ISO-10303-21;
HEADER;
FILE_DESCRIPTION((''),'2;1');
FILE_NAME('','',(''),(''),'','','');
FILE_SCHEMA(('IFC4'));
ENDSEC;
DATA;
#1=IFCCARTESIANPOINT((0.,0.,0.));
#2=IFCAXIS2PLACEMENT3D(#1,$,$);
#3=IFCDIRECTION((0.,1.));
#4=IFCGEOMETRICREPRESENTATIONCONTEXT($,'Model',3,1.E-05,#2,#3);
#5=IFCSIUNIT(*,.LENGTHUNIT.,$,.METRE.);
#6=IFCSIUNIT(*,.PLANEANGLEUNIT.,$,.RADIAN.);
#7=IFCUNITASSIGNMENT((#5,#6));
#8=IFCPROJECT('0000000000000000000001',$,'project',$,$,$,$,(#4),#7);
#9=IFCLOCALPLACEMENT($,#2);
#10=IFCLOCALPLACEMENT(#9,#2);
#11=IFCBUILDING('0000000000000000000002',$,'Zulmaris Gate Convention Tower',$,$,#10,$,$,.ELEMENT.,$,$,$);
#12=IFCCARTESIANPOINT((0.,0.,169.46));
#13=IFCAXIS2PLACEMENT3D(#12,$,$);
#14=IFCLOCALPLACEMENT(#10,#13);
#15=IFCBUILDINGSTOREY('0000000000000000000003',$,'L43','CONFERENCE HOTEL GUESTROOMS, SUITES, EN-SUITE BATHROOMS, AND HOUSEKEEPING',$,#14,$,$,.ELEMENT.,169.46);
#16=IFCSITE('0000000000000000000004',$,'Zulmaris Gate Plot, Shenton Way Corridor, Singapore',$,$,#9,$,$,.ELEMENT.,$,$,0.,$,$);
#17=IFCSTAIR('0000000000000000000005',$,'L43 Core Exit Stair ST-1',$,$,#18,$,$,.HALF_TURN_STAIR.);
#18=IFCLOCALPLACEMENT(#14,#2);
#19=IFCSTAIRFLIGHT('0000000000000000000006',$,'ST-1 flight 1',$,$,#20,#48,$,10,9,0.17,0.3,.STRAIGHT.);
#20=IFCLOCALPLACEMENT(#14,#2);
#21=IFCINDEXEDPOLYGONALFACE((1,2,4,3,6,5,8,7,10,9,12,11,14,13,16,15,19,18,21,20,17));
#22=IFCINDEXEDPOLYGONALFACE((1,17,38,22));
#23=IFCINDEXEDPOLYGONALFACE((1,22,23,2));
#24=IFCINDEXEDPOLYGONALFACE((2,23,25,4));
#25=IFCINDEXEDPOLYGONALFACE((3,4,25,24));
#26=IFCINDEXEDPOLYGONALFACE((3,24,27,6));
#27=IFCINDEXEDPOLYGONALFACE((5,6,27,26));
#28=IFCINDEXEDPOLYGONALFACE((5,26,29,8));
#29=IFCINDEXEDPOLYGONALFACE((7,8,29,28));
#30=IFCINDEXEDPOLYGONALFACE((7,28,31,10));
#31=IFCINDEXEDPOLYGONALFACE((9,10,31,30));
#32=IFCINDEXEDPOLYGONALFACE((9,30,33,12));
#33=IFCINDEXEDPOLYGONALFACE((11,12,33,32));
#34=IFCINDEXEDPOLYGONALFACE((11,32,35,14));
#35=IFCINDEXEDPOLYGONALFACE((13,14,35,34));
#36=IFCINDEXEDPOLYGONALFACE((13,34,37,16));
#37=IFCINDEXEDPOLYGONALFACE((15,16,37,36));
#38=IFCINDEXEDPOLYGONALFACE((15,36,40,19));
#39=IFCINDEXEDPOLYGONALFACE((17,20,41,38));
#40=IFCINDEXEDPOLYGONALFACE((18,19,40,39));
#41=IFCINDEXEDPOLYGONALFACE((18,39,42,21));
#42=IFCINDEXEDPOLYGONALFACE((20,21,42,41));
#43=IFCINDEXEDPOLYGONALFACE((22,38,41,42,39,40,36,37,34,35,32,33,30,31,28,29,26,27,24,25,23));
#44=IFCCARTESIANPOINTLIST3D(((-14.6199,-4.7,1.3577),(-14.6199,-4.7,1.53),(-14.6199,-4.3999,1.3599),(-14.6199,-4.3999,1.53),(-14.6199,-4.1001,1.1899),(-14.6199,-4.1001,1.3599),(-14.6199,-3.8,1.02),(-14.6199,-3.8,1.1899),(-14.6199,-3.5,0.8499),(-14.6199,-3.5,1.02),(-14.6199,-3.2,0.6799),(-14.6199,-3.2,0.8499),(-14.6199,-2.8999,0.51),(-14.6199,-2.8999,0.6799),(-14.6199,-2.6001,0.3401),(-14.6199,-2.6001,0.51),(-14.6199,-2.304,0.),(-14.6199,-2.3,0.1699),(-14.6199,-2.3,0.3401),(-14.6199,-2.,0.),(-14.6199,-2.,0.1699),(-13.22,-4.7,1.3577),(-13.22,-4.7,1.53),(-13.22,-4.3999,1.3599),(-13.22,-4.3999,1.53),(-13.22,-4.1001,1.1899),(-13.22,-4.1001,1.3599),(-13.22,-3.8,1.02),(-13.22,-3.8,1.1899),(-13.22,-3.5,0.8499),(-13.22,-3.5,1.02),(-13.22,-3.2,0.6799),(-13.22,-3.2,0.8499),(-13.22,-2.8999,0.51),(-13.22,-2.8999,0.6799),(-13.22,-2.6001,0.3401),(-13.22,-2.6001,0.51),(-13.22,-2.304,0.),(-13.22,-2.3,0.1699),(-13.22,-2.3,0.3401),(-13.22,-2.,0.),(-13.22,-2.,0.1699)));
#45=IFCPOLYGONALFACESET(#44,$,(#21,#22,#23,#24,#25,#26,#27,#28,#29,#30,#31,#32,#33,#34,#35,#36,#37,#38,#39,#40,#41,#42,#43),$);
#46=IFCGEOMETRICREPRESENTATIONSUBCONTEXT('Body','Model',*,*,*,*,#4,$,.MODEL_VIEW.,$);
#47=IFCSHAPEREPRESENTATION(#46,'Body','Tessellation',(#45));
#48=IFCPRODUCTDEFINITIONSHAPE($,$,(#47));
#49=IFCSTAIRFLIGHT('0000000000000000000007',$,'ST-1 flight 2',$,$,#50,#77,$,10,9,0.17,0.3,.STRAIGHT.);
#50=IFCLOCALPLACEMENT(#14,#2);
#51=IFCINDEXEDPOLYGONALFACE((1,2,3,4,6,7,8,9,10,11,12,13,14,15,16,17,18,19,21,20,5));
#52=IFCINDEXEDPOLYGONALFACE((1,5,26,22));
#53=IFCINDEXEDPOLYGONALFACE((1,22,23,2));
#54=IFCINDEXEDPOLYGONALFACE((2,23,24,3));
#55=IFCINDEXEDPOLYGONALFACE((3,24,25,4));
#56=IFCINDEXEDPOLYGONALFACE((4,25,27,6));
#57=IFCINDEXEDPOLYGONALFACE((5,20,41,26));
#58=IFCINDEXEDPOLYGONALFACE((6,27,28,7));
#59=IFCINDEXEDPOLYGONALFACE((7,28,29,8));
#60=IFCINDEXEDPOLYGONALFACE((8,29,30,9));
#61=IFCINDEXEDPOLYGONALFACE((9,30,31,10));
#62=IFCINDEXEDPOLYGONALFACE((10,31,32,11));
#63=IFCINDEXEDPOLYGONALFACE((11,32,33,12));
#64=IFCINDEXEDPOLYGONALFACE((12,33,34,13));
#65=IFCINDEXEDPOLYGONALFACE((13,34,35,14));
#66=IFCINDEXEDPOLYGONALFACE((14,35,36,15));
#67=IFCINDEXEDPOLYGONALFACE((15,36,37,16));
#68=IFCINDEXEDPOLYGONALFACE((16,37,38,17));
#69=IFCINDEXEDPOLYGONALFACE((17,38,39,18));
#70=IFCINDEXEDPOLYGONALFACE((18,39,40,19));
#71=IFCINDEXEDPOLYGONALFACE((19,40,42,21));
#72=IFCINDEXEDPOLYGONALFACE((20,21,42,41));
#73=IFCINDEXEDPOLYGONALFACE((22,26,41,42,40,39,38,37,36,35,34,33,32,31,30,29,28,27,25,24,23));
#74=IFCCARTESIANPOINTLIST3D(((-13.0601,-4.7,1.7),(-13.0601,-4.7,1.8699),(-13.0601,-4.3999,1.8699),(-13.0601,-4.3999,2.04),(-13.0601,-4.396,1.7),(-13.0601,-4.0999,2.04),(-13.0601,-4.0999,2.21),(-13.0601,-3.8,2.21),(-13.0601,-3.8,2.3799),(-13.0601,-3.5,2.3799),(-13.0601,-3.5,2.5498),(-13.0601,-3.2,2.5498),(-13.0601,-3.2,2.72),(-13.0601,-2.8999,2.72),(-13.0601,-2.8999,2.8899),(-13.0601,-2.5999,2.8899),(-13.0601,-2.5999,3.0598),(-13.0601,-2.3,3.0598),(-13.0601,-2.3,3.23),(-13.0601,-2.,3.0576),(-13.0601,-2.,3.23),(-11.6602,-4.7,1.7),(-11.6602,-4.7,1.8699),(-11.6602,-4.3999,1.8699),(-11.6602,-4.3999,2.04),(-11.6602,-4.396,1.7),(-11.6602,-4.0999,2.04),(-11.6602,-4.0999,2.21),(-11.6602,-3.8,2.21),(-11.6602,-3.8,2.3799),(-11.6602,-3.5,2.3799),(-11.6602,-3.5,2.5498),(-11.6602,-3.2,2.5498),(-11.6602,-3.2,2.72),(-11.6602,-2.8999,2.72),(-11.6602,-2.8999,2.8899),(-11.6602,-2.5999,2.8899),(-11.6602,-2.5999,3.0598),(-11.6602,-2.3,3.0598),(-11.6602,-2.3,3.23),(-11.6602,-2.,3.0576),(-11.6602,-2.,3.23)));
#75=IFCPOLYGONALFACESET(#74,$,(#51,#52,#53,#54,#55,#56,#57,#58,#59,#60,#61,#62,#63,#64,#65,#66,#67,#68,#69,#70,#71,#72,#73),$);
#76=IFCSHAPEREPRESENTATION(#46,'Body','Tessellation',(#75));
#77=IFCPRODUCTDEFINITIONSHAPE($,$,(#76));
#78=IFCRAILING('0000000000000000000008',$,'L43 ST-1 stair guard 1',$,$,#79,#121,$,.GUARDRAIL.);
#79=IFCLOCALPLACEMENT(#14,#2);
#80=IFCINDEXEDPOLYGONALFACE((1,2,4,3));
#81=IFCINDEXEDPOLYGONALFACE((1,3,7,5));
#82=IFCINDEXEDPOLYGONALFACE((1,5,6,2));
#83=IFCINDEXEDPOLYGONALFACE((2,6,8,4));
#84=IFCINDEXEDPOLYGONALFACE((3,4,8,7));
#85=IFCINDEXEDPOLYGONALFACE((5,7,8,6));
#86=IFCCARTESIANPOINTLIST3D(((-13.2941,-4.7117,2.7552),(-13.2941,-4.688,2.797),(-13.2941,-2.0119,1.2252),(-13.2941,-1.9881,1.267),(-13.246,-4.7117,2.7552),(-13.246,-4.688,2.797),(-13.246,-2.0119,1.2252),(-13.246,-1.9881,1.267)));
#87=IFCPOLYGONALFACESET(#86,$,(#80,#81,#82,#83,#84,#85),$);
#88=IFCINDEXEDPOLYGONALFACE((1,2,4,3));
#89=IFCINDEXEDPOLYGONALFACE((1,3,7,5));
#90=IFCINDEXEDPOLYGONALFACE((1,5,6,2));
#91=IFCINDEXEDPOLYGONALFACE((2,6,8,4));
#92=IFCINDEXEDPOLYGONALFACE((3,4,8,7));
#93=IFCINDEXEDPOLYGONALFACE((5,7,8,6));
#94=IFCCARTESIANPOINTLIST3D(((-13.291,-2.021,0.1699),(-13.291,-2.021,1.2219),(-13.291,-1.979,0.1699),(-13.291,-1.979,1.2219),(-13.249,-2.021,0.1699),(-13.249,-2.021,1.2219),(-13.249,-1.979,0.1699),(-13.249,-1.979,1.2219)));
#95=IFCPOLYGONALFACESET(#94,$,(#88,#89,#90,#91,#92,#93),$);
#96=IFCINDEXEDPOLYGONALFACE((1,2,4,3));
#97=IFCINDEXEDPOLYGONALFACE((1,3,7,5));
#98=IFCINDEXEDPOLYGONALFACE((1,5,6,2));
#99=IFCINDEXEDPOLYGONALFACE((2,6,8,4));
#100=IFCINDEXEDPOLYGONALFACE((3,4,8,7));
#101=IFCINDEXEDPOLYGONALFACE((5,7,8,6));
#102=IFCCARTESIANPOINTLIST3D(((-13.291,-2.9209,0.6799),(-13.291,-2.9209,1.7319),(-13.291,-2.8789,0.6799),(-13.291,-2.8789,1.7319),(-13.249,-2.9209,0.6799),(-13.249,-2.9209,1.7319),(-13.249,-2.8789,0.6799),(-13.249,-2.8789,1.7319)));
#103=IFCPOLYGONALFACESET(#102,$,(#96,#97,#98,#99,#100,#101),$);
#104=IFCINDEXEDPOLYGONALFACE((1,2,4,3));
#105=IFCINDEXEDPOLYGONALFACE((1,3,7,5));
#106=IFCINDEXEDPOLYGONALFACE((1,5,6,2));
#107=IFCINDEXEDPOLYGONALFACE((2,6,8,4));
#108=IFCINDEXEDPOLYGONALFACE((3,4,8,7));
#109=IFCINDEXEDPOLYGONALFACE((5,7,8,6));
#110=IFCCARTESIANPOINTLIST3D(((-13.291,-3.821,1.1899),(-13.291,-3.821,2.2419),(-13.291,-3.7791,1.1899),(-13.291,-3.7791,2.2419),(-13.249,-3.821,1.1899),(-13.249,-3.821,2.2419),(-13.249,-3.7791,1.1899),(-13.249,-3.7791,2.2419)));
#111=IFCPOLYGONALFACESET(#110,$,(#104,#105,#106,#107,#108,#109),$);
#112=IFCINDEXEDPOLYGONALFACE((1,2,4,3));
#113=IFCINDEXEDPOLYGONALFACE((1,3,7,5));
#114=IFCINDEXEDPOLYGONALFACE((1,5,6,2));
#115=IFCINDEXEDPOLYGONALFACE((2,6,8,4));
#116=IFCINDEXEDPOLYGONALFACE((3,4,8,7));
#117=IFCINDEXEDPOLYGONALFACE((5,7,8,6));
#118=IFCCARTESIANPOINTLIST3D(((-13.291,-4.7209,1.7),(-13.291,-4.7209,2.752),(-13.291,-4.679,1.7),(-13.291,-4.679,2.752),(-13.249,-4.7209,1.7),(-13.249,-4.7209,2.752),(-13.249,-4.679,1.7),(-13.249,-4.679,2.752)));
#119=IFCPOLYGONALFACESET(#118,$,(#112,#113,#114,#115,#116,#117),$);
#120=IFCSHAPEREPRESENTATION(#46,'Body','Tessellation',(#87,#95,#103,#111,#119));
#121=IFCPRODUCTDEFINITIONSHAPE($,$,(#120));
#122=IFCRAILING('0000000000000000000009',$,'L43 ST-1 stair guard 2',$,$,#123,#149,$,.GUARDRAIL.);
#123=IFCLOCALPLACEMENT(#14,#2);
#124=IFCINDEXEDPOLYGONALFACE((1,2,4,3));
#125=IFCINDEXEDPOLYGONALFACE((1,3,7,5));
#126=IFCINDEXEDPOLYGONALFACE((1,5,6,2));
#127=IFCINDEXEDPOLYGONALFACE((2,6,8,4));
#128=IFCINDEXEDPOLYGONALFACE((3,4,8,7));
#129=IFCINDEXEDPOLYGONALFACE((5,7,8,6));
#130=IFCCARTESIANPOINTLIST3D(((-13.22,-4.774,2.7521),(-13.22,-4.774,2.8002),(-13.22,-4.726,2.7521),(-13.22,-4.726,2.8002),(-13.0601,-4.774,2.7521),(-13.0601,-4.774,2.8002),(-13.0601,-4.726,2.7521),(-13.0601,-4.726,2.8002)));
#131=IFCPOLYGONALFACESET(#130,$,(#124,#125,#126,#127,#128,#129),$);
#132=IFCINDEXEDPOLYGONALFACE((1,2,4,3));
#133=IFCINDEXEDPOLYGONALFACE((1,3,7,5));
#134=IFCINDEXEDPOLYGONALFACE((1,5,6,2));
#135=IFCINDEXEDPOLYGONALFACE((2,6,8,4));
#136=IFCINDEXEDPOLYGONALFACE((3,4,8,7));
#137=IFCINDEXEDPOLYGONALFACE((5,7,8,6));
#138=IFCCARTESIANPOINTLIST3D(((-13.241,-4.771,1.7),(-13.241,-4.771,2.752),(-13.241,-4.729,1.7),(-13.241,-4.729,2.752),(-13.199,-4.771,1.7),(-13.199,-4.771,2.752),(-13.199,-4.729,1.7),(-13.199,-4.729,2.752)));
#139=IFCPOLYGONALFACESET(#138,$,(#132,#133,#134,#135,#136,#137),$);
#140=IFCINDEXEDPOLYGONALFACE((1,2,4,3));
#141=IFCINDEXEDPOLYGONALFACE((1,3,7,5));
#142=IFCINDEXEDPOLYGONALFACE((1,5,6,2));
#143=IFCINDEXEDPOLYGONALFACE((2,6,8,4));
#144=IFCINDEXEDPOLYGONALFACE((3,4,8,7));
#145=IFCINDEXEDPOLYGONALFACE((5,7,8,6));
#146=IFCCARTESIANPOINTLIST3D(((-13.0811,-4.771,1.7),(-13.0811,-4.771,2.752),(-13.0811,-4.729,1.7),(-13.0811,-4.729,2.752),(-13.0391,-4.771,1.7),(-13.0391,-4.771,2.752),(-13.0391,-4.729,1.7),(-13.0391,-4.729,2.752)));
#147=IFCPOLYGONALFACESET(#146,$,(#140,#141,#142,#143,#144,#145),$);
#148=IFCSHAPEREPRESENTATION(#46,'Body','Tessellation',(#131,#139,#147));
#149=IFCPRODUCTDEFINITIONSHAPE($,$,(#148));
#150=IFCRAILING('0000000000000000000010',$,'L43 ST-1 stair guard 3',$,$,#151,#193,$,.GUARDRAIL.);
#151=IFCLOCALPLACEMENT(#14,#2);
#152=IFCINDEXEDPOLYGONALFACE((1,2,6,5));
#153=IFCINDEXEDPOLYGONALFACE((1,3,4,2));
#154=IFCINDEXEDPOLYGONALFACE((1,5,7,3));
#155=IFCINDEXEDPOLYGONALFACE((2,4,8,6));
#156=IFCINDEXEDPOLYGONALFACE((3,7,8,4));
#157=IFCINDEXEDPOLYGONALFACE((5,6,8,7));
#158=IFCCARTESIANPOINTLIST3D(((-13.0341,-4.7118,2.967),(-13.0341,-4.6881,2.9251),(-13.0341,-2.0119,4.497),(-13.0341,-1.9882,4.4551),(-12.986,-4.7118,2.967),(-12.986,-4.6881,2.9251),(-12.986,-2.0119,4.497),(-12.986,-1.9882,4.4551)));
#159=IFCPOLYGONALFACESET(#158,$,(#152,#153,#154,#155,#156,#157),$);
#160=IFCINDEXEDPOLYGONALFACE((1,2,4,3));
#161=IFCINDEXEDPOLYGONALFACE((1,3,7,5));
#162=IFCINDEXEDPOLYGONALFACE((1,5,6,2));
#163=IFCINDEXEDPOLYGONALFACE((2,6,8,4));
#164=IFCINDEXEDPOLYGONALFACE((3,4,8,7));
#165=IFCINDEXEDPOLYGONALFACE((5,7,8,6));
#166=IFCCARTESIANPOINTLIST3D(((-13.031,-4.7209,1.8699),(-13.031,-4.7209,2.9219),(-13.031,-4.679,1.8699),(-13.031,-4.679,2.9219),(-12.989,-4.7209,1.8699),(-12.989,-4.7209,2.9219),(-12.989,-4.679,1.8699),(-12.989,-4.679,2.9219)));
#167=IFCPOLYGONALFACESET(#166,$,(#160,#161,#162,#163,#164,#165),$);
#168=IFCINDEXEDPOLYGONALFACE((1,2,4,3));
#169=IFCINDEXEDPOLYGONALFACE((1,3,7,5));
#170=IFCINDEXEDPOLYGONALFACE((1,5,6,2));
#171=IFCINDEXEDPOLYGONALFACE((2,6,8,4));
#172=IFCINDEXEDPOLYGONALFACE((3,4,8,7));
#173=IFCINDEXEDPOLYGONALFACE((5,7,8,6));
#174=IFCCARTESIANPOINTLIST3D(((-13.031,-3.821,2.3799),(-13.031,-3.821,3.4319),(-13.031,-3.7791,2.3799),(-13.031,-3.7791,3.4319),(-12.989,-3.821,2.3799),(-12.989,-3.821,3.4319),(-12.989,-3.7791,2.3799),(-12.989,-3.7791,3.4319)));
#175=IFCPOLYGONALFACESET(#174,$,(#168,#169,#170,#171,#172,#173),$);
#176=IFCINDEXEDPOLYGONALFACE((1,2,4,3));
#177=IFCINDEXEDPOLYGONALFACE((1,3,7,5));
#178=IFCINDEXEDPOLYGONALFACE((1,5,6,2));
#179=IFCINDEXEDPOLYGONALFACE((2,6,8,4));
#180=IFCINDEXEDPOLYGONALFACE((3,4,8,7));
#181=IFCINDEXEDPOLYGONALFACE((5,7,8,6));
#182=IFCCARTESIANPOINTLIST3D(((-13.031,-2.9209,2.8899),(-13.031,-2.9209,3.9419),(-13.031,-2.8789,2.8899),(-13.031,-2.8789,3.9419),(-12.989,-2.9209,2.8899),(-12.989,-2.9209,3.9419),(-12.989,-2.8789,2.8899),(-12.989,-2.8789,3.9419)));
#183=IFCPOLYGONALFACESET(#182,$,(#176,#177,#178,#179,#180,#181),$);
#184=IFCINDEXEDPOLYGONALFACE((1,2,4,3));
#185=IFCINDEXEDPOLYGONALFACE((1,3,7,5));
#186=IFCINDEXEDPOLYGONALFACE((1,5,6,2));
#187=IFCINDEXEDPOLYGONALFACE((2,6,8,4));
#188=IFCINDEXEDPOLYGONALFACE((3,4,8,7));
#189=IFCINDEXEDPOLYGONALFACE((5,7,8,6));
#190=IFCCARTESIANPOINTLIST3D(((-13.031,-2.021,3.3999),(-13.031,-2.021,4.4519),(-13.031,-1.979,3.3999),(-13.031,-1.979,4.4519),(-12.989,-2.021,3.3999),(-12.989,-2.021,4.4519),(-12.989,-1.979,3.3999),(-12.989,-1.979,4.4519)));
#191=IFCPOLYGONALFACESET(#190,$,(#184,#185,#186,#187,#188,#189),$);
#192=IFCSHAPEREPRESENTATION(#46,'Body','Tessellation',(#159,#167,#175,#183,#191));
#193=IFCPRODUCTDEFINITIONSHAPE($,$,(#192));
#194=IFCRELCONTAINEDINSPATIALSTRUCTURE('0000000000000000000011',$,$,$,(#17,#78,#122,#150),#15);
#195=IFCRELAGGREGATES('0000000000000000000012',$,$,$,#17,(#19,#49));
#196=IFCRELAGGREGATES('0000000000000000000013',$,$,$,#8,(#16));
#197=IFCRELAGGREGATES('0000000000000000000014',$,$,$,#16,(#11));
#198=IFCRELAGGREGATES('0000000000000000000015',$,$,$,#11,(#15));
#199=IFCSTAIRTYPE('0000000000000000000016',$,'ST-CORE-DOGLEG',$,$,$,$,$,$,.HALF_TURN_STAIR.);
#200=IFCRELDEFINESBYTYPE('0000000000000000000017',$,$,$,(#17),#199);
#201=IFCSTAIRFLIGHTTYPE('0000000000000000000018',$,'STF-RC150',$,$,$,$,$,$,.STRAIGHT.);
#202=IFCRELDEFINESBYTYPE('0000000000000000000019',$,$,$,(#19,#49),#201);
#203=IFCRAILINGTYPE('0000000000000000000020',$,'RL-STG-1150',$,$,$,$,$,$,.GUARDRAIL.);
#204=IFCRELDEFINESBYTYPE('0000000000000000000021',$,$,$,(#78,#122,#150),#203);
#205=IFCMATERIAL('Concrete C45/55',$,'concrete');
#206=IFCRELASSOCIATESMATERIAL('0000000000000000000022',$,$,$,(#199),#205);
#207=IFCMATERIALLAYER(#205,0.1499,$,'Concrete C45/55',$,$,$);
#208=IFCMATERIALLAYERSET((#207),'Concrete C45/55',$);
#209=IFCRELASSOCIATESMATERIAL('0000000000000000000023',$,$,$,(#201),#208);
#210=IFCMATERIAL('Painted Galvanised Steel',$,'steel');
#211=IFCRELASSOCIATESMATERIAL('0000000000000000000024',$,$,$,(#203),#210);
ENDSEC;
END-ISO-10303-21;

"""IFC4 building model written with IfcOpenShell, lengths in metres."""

from ifc_helpers import new_model, si_unit, direction, frame, origin, origin_2d, place, context, subcontext, project, spatial, polyline, rectangle, outline, extrude, material, layer, layer_set, type_object, element, aggregate, save


model = new_model("IFC4")

# Units and contexts
model_context = context("Model", 3, precision=1e-05, world=origin(), true_north=direction((0.0, 1.0)))
body_context = subcontext(model_context, "Body", "Model", "MODEL_VIEW")
ifc_project = project(units=[si_unit("LENGTHUNIT", "METRE"), si_unit("PLANEANGLEUNIT", "RADIAN")], contexts=[model_context])

# Site, building, storey
site_placement = place(None, origin())
site = spatial("IfcSite", under=ifc_project, at=site_placement, Name="Zulmaris Gate Plot, Shenton Way Corridor, Singapore", CompositionType="ELEMENT", RefElevation=0.0)
building_placement = place(site_placement, origin())
building = spatial("IfcBuilding", under=site, at=building_placement, Name="Zulmaris Gate Convention Tower", CompositionType="ELEMENT")
storey_placement = place(building_placement, frame((0.0, 0.0, 169.46)))
storey = spatial("IfcBuildingStorey", under=building, at=storey_placement, Name="L43", Description="CONFERENCE HOTEL GUESTROOMS, SUITES, EN-SUITE BATHROOMS, AND HOUSEKEEPING", CompositionType="ELEMENT", Elevation=169.46)

# Stair, stair flights
ifc_material_1 = material(Name="Concrete C45/55", Category="concrete")
stair_type = type_object("IfcStairType", Name="ST-CORE-DOGLEG", PredefinedType="HALF_TURN_STAIR", material=ifc_material_1)
stair_placement = place(storey_placement, origin())
stair = element("IfcStair", 1, at=stair_placement, inside=storey, type_object=stair_type, Name="L43 Core Exit Stair ST-1", PredefinedType="HALF_TURN_STAIR")
ifc_layer_1 = layer(ifc_material_1, 0.1499, Name="Concrete C45/55")
ifc_layer_set_1 = layer_set([ifc_layer_1], Name="Concrete C45/55")
stair_flight_type = type_object("IfcStairFlightType", Name="STF-RC150", PredefinedType="STRAIGHT", material=ifc_layer_set_1)
stair_flight_1_placement = place(storey_placement, frame((-13.9199, -2.0, 0.0), z_axis=(0.0, 0.0, 1.0), x_axis=(0.0, -1.0, 0.0)))
stair_flight_1 = element("IfcStairFlight", 2, at=stair_flight_1_placement, type_object=stair_flight_type, Name="ST-1 flight 1", NumberOfRisers=10, NumberOfTreads=9, PredefinedType="STRAIGHT", RiserHeight=0.17, TreadLength=0.3, context=body_context, shape_type="SweptSolid", body=[
    extrude(outline(polyline([(0.0, 0.0), (0.0, 0.1699), (0.3, 0.1699), (0.3, 0.3401), (0.6001, 0.3401), (0.6001, 0.51), (0.8999, 0.51), (0.8999, 0.6799), (1.2, 0.6799), (1.2, 0.8499), (1.5, 0.8499), (1.5, 1.02), (1.8, 1.02), (1.8, 1.1899), (2.1001, 1.1899), (2.1001, 1.3599), (2.3999, 1.3599), (2.3999, 1.53), (2.7, 1.53), (2.7, 1.7), (2.7, 1.3577), (0.304, 0.0), (0.0, 0.0)])), frame((0.0, 0.7, 0.0), z_axis=(0.0, -1.0, 0.0), x_axis=(1.0, 0.0, 0.0)), (0.0, 0.0, 1.0), 1.3999),
])
stair_flight_2_placement = place(storey_placement, frame((-12.3601, -4.7, 1.7), z_axis=(0.0, 0.0, 1.0), x_axis=(0.0, 1.0, 0.0)))
stair_flight_2 = element("IfcStairFlight", 3, at=stair_flight_2_placement, type_object=stair_flight_type, Name="ST-1 flight 2", NumberOfRisers=10, NumberOfTreads=9, PredefinedType="STRAIGHT", RiserHeight=0.17, TreadLength=0.3, context=body_context, shape_type="SweptSolid", body=[
    extrude(outline(polyline([(0.0, 0.0), (0.0, 0.1699), (0.3, 0.1699), (0.3, 0.3401), (0.6001, 0.3401), (0.6001, 0.51), (0.8999, 0.51), (0.8999, 0.6799), (1.2, 0.6799), (1.2, 0.8499), (1.5, 0.8499), (1.5, 1.02), (1.8, 1.02), (1.8, 1.1899), (2.1001, 1.1899), (2.1001, 1.3599), (2.3999, 1.3599), (2.3999, 1.53), (2.7, 1.53), (2.7, 1.7), (2.7, 1.3577), (0.304, 0.0), (0.0, 0.0)])), frame((0.0, 0.7, 0.0), z_axis=(0.0, -1.0, 0.0), x_axis=(1.0, 0.0, 0.0)), (0.0, 0.0, 1.0), 1.3999),
])
aggregate(stair, [stair_flight_1, stair_flight_2])

# Railings
ifc_material_2 = material(Name="Painted Galvanised Steel", Category="steel")
railing_type_1 = type_object("IfcRailingType", Name="RL-STG-1150", PredefinedType="GUARDRAIL", material=ifc_material_2)
railing_1_placement = place(storey_placement, frame((-13.27, -2.0, 0.1699)))
element("IfcRailing", 4, at=railing_1_placement, inside=storey, type_object=railing_type_1, Name="L43 ST-1 stair guard 1", PredefinedType="GUARDRAIL", context=body_context, shape_type="SweptSolid", body=[
    extrude(rectangle(XDim=0.0481, YDim=0.0481, at=origin_2d()), frame((0.0, 0.0, 1.0762), z_axis=(0.0, -0.870014, 0.493026), x_axis=(1.0, 0.0, 0.0)), (0.0, 0.0, 1.0), 3.1033),
    extrude(rectangle(XDim=0.042, YDim=0.042, at=origin_2d()), origin(), (0.0, 0.0, 1.0), 1.052),
    extrude(rectangle(XDim=0.042, YDim=0.042, at=origin_2d()), frame((0.0, -0.8999, 0.51)), (0.0, 0.0, 1.0), 1.052),
    extrude(rectangle(XDim=0.042, YDim=0.042, at=origin_2d()), frame((0.0, -1.8, 1.02)), (0.0, 0.0, 1.0), 1.052),
    extrude(rectangle(XDim=0.042, YDim=0.042, at=origin_2d()), frame((0.0, -2.7, 1.53)), (0.0, 0.0, 1.0), 1.052),
])
railing_2_placement = place(storey_placement, frame((-13.22, -4.75, 1.7)))
element("IfcRailing", 5, at=railing_2_placement, inside=storey, type_object=railing_type_1, Name="L43 ST-1 stair guard 2", PredefinedType="GUARDRAIL", context=body_context, shape_type="SweptSolid", body=[
    extrude(rectangle(XDim=0.0481, YDim=0.0481, at=origin_2d()), frame((0.0, 0.0, 1.0762), z_axis=(1.0, 0.0, 0.0), x_axis=(0.0, 1.0, 0.0)), (0.0, 0.0, 1.0), 0.1599),
    extrude(rectangle(XDim=0.042, YDim=0.042, at=origin_2d()), origin(), (0.0, 0.0, 1.0), 1.052),
    extrude(rectangle(XDim=0.042, YDim=0.042, at=origin_2d()), frame((0.1599, 0.0, 0.0)), (0.0, 0.0, 1.0), 1.052),
])
railing_3_placement = place(storey_placement, frame((-13.01, -4.7, 1.8699)))
element("IfcRailing", 6, at=railing_3_placement, inside=storey, type_object=railing_type_1, Name="L43 ST-1 stair guard 3", PredefinedType="GUARDRAIL", context=body_context, shape_type="SweptSolid", body=[
    extrude(rectangle(XDim=0.0481, YDim=0.0481, at=origin_2d()), frame((0.0, 0.0, 1.0762), z_axis=(0.0, 0.870014, 0.493026), x_axis=(-1.0, 0.0, 0.0)), (0.0, 0.0, 1.0), 3.1033),
    extrude(rectangle(XDim=0.042, YDim=0.042, at=origin_2d()), origin(), (0.0, 0.0, 1.0), 1.052),
    extrude(rectangle(XDim=0.042, YDim=0.042, at=origin_2d()), frame((0.0, 0.8999, 0.51)), (0.0, 0.0, 1.0), 1.052),
    extrude(rectangle(XDim=0.042, YDim=0.042, at=origin_2d()), frame((0.0, 1.8, 1.02)), (0.0, 0.0, 1.0), 1.052),
    extrude(rectangle(XDim=0.042, YDim=0.042, at=origin_2d()), frame((0.0, 2.7, 1.53)), (0.0, 0.0, 1.0), 1.052),
])

save(model, "model.ifc")
